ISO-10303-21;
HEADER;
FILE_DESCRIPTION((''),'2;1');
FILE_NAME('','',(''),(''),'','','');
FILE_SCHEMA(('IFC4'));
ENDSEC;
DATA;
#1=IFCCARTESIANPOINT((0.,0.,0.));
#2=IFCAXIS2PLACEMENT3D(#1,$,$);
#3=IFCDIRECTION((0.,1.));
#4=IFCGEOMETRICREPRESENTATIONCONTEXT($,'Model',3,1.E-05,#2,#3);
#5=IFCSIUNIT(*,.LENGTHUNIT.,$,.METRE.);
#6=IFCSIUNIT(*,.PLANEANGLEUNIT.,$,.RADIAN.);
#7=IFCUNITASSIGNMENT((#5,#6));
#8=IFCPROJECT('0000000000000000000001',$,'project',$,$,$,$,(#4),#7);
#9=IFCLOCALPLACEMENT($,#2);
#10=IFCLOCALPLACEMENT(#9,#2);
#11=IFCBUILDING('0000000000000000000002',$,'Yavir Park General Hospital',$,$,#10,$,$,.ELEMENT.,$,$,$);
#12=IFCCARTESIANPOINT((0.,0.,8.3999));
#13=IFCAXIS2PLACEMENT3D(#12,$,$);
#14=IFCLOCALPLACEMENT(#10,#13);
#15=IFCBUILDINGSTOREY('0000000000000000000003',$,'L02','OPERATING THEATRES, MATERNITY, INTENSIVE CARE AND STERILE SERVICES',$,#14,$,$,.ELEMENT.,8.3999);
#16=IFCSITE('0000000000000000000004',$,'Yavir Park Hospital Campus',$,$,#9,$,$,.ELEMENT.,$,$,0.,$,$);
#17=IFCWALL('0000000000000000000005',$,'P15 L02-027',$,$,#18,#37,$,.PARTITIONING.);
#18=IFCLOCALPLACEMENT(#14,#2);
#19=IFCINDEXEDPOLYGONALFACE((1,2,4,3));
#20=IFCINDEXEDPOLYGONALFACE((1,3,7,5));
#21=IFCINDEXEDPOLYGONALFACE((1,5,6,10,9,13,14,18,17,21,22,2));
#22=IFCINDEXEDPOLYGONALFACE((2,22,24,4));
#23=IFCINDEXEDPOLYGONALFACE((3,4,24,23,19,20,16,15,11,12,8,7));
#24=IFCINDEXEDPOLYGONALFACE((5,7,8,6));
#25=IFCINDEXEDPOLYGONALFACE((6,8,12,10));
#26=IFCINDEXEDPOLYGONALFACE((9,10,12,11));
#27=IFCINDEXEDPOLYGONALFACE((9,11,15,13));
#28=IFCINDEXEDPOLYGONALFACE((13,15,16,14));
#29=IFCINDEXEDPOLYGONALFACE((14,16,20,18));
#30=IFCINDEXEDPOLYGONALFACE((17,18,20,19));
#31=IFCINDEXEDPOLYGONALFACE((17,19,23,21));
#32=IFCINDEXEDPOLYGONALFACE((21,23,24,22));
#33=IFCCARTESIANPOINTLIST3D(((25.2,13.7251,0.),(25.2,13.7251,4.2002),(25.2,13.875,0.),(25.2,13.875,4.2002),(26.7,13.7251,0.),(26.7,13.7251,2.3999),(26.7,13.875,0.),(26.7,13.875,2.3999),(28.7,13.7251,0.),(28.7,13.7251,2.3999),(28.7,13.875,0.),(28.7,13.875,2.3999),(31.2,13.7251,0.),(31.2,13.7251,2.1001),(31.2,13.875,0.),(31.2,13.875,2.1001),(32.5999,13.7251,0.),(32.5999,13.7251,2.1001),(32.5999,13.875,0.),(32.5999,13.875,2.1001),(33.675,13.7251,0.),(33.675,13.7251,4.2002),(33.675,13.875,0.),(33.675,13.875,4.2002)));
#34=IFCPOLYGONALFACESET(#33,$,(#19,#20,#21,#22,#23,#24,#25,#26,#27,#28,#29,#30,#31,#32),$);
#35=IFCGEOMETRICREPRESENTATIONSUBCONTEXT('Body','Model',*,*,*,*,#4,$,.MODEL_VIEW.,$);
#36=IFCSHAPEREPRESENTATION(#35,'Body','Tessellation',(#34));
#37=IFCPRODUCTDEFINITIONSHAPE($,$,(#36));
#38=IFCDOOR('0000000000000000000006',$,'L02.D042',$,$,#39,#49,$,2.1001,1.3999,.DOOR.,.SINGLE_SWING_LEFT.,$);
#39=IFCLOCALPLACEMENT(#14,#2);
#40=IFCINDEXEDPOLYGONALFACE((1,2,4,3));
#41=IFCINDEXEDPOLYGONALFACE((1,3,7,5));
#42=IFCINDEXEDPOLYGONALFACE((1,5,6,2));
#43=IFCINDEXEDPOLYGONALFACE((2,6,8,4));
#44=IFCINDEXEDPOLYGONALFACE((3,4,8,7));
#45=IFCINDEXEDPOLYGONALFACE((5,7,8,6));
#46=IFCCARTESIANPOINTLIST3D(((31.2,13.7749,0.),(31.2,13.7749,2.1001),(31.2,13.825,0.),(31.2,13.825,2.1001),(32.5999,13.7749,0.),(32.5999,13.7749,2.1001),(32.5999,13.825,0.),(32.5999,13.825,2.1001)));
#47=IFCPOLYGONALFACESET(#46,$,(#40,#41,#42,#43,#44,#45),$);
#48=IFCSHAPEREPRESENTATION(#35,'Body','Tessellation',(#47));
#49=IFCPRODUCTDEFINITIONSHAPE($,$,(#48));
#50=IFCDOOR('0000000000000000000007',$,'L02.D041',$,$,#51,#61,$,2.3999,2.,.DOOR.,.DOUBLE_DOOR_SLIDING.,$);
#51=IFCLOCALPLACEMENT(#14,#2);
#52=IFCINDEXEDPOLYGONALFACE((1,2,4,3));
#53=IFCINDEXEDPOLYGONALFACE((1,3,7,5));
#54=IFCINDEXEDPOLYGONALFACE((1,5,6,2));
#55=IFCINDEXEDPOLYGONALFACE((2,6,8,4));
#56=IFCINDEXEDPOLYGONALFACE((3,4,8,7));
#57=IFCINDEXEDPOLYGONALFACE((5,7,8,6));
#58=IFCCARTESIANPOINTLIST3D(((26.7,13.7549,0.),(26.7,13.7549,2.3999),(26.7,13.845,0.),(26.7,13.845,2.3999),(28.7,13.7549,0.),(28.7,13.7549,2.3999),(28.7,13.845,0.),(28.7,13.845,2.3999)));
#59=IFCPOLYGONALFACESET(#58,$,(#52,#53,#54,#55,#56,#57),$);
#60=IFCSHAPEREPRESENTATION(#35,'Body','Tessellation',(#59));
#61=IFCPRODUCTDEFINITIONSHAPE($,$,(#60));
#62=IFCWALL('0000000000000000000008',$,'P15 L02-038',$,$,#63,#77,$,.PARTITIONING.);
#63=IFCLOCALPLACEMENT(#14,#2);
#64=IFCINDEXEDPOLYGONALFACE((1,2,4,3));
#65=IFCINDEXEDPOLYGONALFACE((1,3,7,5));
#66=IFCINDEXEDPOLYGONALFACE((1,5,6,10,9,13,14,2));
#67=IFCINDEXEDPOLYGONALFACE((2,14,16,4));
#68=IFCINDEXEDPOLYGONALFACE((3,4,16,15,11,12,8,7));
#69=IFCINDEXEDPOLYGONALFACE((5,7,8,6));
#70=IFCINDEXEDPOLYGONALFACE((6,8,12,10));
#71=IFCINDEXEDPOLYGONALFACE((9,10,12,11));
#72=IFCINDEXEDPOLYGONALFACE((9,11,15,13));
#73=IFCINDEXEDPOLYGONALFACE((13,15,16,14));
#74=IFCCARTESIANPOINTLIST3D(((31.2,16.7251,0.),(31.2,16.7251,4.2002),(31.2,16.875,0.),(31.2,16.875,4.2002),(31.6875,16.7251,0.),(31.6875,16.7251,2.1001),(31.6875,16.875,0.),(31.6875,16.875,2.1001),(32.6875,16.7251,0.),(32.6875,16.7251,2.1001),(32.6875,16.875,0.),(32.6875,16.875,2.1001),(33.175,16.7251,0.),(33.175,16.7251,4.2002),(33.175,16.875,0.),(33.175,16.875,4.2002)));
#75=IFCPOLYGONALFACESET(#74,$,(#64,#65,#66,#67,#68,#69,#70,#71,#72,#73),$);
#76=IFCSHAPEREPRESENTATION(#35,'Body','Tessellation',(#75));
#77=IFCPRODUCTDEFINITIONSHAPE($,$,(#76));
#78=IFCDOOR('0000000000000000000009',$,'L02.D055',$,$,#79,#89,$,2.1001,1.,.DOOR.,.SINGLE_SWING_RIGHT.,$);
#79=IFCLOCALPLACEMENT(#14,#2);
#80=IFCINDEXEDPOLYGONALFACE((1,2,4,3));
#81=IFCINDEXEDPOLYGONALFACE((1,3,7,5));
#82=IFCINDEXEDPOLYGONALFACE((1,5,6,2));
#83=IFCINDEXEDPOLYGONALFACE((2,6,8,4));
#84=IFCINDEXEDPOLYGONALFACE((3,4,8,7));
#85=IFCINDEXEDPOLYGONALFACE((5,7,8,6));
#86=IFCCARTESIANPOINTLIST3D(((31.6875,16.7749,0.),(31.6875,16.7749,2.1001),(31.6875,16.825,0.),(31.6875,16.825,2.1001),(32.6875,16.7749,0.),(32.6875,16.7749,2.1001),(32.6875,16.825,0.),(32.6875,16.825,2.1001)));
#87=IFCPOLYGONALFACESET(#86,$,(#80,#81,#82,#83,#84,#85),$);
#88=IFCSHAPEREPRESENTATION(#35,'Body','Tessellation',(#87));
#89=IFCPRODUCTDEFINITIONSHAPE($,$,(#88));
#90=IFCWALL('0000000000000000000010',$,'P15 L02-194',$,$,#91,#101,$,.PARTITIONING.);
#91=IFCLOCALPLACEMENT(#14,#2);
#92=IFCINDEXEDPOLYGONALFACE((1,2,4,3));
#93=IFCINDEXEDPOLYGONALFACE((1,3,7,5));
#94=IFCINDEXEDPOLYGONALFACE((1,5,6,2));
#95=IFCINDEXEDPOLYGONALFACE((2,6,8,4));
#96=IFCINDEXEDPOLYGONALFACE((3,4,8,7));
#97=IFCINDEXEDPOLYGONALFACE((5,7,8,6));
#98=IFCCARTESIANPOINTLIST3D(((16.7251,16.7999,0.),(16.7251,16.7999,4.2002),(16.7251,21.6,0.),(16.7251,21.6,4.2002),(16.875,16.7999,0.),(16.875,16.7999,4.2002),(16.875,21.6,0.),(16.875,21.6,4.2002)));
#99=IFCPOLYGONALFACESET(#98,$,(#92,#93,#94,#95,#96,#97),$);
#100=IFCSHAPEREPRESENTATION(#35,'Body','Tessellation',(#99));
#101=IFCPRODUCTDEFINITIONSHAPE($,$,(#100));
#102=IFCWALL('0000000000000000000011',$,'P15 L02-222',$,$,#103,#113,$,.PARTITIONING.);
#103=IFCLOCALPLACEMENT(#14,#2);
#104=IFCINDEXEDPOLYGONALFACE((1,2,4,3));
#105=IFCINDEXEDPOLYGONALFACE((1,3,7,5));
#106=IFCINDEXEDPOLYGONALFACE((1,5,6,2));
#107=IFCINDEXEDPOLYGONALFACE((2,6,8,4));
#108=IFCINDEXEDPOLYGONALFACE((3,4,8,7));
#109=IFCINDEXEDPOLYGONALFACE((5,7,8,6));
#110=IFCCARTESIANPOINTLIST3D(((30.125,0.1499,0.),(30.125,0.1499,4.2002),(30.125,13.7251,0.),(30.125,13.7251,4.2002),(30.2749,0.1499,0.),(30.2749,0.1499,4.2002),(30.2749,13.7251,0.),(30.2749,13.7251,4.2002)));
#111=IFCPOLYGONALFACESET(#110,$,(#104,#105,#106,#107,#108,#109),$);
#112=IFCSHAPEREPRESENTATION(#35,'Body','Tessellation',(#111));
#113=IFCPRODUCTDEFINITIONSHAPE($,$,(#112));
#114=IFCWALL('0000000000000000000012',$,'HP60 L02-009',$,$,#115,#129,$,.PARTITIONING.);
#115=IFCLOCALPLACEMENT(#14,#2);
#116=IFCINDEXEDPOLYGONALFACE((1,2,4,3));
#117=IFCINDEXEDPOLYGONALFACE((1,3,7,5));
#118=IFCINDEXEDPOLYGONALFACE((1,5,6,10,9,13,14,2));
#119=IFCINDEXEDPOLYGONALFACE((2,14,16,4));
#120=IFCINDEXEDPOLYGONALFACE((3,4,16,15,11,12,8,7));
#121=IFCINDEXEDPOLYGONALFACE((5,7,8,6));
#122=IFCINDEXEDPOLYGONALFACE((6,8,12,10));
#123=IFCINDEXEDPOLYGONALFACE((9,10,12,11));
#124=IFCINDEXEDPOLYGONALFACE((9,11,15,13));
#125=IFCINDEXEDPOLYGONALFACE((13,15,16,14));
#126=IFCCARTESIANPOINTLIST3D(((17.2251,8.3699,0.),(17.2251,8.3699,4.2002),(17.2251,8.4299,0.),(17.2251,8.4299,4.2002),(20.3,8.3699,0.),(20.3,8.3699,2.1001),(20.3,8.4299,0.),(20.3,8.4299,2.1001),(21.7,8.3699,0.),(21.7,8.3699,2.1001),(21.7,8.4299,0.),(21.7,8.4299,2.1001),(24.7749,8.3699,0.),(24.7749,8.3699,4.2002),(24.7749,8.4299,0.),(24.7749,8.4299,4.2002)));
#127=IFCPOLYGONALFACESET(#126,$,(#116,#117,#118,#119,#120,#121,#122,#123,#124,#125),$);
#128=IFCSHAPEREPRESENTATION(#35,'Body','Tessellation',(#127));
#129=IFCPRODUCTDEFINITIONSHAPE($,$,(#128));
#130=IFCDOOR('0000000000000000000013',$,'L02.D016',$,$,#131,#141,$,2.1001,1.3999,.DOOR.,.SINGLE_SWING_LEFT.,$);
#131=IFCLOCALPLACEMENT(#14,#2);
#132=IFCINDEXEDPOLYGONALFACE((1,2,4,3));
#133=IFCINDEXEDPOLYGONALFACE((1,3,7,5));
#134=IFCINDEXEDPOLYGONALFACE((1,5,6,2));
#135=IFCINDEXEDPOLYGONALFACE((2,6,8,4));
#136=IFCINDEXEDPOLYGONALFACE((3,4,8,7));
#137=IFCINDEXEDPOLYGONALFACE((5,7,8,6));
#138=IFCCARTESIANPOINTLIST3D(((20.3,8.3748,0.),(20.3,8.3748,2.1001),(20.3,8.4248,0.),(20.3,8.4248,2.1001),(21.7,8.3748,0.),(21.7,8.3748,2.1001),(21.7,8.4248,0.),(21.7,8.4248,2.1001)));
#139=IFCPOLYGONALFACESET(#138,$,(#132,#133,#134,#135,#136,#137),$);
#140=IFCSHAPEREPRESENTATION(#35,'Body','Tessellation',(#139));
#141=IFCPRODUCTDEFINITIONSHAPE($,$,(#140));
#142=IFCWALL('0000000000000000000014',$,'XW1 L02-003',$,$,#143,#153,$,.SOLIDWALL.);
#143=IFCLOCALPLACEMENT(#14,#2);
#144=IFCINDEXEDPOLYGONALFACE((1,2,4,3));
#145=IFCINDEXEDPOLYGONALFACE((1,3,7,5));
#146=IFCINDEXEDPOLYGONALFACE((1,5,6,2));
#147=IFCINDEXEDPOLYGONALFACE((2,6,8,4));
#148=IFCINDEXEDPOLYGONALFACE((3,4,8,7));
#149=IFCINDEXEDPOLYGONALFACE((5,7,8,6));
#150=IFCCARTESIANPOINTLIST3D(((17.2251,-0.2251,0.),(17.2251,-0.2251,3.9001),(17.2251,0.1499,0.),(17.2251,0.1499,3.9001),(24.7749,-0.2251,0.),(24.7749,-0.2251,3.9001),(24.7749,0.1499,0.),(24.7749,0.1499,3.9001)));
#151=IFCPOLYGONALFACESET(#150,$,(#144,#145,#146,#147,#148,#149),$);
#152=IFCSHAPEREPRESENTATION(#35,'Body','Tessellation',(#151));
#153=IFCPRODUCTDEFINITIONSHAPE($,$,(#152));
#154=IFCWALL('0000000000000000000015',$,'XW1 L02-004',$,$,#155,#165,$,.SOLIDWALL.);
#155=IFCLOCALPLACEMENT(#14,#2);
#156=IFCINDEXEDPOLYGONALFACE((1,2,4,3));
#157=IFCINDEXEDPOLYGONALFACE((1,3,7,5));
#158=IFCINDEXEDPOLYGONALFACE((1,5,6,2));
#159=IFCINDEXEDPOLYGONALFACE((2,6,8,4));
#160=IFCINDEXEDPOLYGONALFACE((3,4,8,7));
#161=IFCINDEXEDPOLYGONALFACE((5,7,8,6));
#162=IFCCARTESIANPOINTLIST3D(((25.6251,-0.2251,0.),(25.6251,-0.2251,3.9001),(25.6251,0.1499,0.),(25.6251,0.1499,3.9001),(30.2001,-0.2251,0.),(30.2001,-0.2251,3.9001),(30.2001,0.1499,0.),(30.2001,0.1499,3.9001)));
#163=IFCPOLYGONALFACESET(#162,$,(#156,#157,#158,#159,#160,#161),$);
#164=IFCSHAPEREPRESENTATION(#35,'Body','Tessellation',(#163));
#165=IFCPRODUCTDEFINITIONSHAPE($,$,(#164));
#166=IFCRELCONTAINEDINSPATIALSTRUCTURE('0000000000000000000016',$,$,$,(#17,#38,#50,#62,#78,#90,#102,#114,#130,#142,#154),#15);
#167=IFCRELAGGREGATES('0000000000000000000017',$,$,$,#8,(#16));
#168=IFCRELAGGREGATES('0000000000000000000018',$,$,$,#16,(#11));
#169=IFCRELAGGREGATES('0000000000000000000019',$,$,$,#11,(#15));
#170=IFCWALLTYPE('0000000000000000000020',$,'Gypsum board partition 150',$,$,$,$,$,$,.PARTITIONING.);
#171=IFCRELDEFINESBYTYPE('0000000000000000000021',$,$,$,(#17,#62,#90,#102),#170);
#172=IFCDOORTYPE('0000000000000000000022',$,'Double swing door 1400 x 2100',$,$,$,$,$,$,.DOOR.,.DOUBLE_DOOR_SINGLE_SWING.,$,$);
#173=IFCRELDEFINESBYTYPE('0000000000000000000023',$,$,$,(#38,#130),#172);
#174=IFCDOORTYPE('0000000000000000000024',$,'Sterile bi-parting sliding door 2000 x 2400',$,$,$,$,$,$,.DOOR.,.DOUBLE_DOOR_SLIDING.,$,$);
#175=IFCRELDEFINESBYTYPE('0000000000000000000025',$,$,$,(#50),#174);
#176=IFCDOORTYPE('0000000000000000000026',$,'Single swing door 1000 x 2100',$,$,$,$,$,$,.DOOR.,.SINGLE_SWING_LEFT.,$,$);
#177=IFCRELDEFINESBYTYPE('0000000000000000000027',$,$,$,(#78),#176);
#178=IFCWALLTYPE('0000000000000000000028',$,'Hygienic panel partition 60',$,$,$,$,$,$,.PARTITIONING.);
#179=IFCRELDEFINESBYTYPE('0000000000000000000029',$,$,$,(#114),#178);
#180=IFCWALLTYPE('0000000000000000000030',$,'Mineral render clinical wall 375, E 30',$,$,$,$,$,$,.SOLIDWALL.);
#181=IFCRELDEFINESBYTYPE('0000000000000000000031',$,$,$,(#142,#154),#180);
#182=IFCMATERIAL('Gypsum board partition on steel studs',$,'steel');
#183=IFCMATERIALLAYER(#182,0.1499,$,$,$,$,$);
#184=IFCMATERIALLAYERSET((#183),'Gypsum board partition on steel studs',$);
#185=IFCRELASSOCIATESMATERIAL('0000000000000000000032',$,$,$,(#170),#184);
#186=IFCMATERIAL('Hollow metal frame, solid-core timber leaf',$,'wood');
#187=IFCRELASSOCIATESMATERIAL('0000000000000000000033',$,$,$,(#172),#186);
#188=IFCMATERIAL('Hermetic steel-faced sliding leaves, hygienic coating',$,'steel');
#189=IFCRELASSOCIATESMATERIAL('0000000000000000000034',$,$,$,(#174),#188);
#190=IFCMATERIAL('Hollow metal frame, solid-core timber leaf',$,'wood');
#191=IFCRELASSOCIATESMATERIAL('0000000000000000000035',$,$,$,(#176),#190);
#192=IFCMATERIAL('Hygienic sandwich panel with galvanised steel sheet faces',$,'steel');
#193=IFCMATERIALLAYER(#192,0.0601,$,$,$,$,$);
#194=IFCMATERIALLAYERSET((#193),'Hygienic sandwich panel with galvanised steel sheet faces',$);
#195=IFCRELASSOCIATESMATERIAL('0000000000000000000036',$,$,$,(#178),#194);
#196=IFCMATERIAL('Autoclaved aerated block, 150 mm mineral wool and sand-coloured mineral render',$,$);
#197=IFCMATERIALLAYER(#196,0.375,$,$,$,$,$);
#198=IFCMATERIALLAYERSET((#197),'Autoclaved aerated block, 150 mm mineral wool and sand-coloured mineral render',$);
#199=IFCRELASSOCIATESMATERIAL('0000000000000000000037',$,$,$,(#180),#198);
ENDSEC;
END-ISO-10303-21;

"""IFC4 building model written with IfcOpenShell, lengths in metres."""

from ifc_helpers import new_model, si_unit, direction, frame, frame_2d, origin, place, context, subcontext, project, spatial, rectangle, extrude, material, layer, layer_set, type_object, element, fill, save


model = new_model("IFC4")

# Units and contexts
model_context = context("Model", 3, precision=1e-05, world=origin(), true_north=direction((0.0, 1.0)))
body_context = subcontext(model_context, "Body", "Model", "MODEL_VIEW")
ifc_project = project(units=[si_unit("LENGTHUNIT", "METRE"), si_unit("PLANEANGLEUNIT", "RADIAN")], contexts=[model_context])

# Site, building, storey
site_placement = place(None, origin())
site = spatial("IfcSite", under=ifc_project, at=site_placement, Name="Yavir Park Hospital Campus", CompositionType="ELEMENT", RefElevation=0.0)
building_placement = place(site_placement, origin())
building = spatial("IfcBuilding", under=site, at=building_placement, Name="Yavir Park General Hospital", CompositionType="ELEMENT")
storey_placement = place(building_placement, frame((0.0, 0.0, 8.3999)))
storey = spatial("IfcBuildingStorey", under=building, at=storey_placement, Name="L02", Description="OPERATING THEATRES, MATERNITY, INTENSIVE CARE AND STERILE SERVICES", CompositionType="ELEMENT", Elevation=8.3999)

# Shared definitions
ifc_material_1 = material(Name="Gypsum board partition on steel studs", Category="steel")
ifc_layer_1 = layer(ifc_material_1, 0.1499)
ifc_layer_set_1 = layer_set([ifc_layer_1], Name="Gypsum board partition on steel studs")
wall_type_1 = type_object("IfcWallType", Name="Gypsum board partition 150", PredefinedType="PARTITIONING", material=ifc_layer_set_1)

# Wall, openings, doors
wall_1_placement = place(storey_placement, frame((25.2, 13.8, 0.0), z_axis=(0.0, 0.0, 1.0), x_axis=(1.0, 0.0, 0.0)))
wall_1 = element("IfcWall", 1, at=wall_1_placement, inside=storey, type_object=wall_type_1, Name="P15 L02-027", PredefinedType="PARTITIONING", context=body_context, shape_type="SweptSolid", body=[
    extrude(rectangle(XDim=8.4751, YDim=0.1499, at=frame_2d((4.2375, 0.0))), origin(), (0.0, 0.0, 1.0), 4.2002),
])
opening_1_placement = place(wall_1_placement, frame((1.5, 0.0, 0.0)))
opening_1 = element("IfcOpeningElement", 2, at=opening_1_placement, cuts=wall_1, PredefinedType="OPENING", context=body_context, shape_type="SweptSolid", body=[
    extrude(rectangle(XDim=2.0, YDim=2.3999, at=frame_2d((1.0, 1.2))), frame((0.0, 0.085, 0.0), z_axis=(0.0, -1.0, 0.0), x_axis=(1.0, 0.0, 0.0)), (0.0, 0.0, 1.0), 0.1699),
])
opening_2_placement = place(wall_1_placement, frame((6.0, 0.0, 0.0)))
opening_2 = element("IfcOpeningElement", 3, at=opening_2_placement, cuts=wall_1, PredefinedType="OPENING", context=body_context, shape_type="SweptSolid", body=[
    extrude(rectangle(XDim=1.3999, YDim=2.1001, at=frame_2d((0.7, 1.05))), frame((0.0, 0.085, 0.0), z_axis=(0.0, -1.0, 0.0), x_axis=(1.0, 0.0, 0.0)), (0.0, 0.0, 1.0), 0.1699),
])
ifc_material_2 = material(Name="Hollow metal frame, solid-core timber leaf", Category="wood")
door_type_1 = type_object("IfcDoorType", Name="Double swing door 1400 x 2100", OperationType="DOUBLE_DOOR_SINGLE_SWING", PredefinedType="DOOR", material=ifc_material_2)
door_1_placement = place(opening_2_placement, origin())
door_1 = element("IfcDoor", 4, at=door_1_placement, inside=storey, type_object=door_type_1, Name="L02.D042", OperationType="SINGLE_SWING_LEFT", OverallHeight=2.1001, OverallWidth=1.3999, PredefinedType="DOOR", context=body_context, shape_type="SweptSolid", body=[
    extrude(rectangle(XDim=1.3999, YDim=2.1001, at=frame_2d((0.7, 1.05))), frame((0.0, 0.0249, 0.0), z_axis=(0.0, -1.0, 0.0), x_axis=(1.0, 0.0, 0.0)), (0.0, 0.0, 1.0), 0.05),
])
fill(opening_2, door_1)
ifc_material_3 = material(Name="Hermetic steel-faced sliding leaves, hygienic coating", Category="steel")
door_type_2 = type_object("IfcDoorType", Name="Sterile bi-parting sliding door 2000 x 2400", OperationType="DOUBLE_DOOR_SLIDING", PredefinedType="DOOR", material=ifc_material_3)
door_2_placement = place(opening_1_placement, origin())
door_2 = element("IfcDoor", 5, at=door_2_placement, inside=storey, type_object=door_type_2, Name="L02.D041", OperationType="DOUBLE_DOOR_SLIDING", OverallHeight=2.3999, OverallWidth=2.0, PredefinedType="DOOR", context=body_context, shape_type="SweptSolid", body=[
    extrude(rectangle(XDim=2.0, YDim=2.3999, at=frame_2d((1.0, 1.2))), frame((0.0, 0.0449, 0.0), z_axis=(0.0, -1.0, 0.0), x_axis=(1.0, 0.0, 0.0)), (0.0, 0.0, 1.0), 0.0901),
])
fill(opening_1, door_2)

# Wall, opening, door
wall_2_placement = place(storey_placement, frame((31.2, 16.8, 0.0), z_axis=(0.0, 0.0, 1.0), x_axis=(1.0, 0.0, 0.0)))
wall_2 = element("IfcWall", 6, at=wall_2_placement, inside=storey, type_object=wall_type_1, Name="P15 L02-038", PredefinedType="PARTITIONING", context=body_context, shape_type="SweptSolid", body=[
    extrude(rectangle(XDim=1.9751, YDim=0.1499, at=frame_2d((0.9875, 0.0))), origin(), (0.0, 0.0, 1.0), 4.2002),
])
opening_3_placement = place(wall_2_placement, frame((0.4875, 0.0, 0.0)))
opening_3 = element("IfcOpeningElement", 7, at=opening_3_placement, cuts=wall_2, PredefinedType="OPENING", context=body_context, shape_type="SweptSolid", body=[
    extrude(rectangle(XDim=1.0, YDim=2.1001, at=frame_2d((0.5, 1.05))), frame((0.0, 0.085, 0.0), z_axis=(0.0, -1.0, 0.0), x_axis=(1.0, 0.0, 0.0)), (0.0, 0.0, 1.0), 0.1699),
])
ifc_material_4 = material(Name="Hollow metal frame, solid-core timber leaf", Category="wood")
door_type_3 = type_object("IfcDoorType", Name="Single swing door 1000 x 2100", OperationType="SINGLE_SWING_LEFT", PredefinedType="DOOR", material=ifc_material_4)
door_3_placement = place(opening_3_placement, origin())
door_3 = element("IfcDoor", 8, at=door_3_placement, inside=storey, type_object=door_type_3, Name="L02.D055", OperationType="SINGLE_SWING_RIGHT", OverallHeight=2.1001, OverallWidth=1.0, PredefinedType="DOOR", context=body_context, shape_type="SweptSolid", body=[
    extrude(rectangle(XDim=1.0, YDim=2.1001, at=frame_2d((0.5, 1.05))), frame((0.0, 0.0249, 0.0), z_axis=(0.0, -1.0, 0.0), x_axis=(1.0, 0.0, 0.0)), (0.0, 0.0, 1.0), 0.05),
])
fill(opening_3, door_3)

# Walls
wall_3_placement = place(storey_placement, frame((16.8, 16.8, 0.0), z_axis=(0.0, 0.0, 1.0), x_axis=(0.0, 1.0, 0.0)))
element("IfcWall", 9, at=wall_3_placement, inside=storey, type_object=wall_type_1, Name="P15 L02-194", PredefinedType="PARTITIONING", context=body_context, shape_type="SweptSolid", body=[
    extrude(rectangle(XDim=4.8, YDim=0.1499, at=frame_2d((2.3999, 0.0))), origin(), (0.0, 0.0, 1.0), 4.2002),
])
wall_4_placement = place(storey_placement, frame((30.2, 0.1499, 0.0), z_axis=(0.0, 0.0, 1.0), x_axis=(0.0, 1.0, 0.0)))
element("IfcWall", 10, at=wall_4_placement, inside=storey, type_object=wall_type_1, Name="P15 L02-222", PredefinedType="PARTITIONING", context=body_context, shape_type="SweptSolid", body=[
    extrude(rectangle(XDim=13.5752, YDim=0.1499, at=frame_2d((6.7876, 0.0))), origin(), (0.0, 0.0, 1.0), 4.2002),
])

# Wall, opening, door
ifc_material_5 = material(Name="Hygienic sandwich panel with galvanised steel sheet faces", Category="steel")
ifc_layer_2 = layer(ifc_material_5, 0.0601)
ifc_layer_set_2 = layer_set([ifc_layer_2], Name="Hygienic sandwich panel with galvanised steel sheet faces")
wall_type_2 = type_object("IfcWallType", Name="Hygienic panel partition 60", PredefinedType="PARTITIONING", material=ifc_layer_set_2)
wall_5_placement = place(storey_placement, frame((17.2251, 8.3999, 0.0), z_axis=(0.0, 0.0, 1.0), x_axis=(1.0, 0.0, 0.0)))
wall_5 = element("IfcWall", 11, at=wall_5_placement, inside=storey, type_object=wall_type_2, Name="HP60 L02-009", PredefinedType="PARTITIONING", context=body_context, shape_type="SweptSolid", body=[
    extrude(rectangle(XDim=7.5498, YDim=0.0601, at=frame_2d((3.7749, 0.0))), origin(), (0.0, 0.0, 1.0), 4.2002),
])
opening_4_placement = place(wall_5_placement, frame((3.075, 0.0, 0.0)))
opening_4 = element("IfcOpeningElement", 12, at=opening_4_placement, cuts=wall_5, PredefinedType="OPENING", context=body_context, shape_type="SweptSolid", body=[
    extrude(rectangle(XDim=1.3999, YDim=2.1001, at=frame_2d((0.7, 1.05))), frame((0.0, 0.04, 0.0), z_axis=(0.0, -1.0, 0.0), x_axis=(1.0, 0.0, 0.0)), (0.0, 0.0, 1.0), 0.0801),
])
door_4_placement = place(opening_4_placement, origin())
door_4 = element("IfcDoor", 13, at=door_4_placement, inside=storey, type_object=door_type_1, Name="L02.D016", OperationType="SINGLE_SWING_LEFT", OverallHeight=2.1001, OverallWidth=1.3999, PredefinedType="DOOR", context=body_context, shape_type="SweptSolid", body=[
    extrude(rectangle(XDim=1.3999, YDim=2.1001, at=frame_2d((0.7, 1.05))), frame((0.0, 0.0249, 0.0), z_axis=(0.0, -1.0, 0.0), x_axis=(1.0, 0.0, 0.0)), (0.0, 0.0, 1.0), 0.05),
])
fill(opening_4, door_4)

# Walls
ifc_material_6 = material(Name="Autoclaved aerated block, 150 mm mineral wool and sand-coloured mineral render")
ifc_layer_3 = layer(ifc_material_6, 0.375)
ifc_layer_set_3 = layer_set([ifc_layer_3], Name="Autoclaved aerated block, 150 mm mineral wool and sand-coloured mineral render")
wall_type_3 = type_object("IfcWallType", Name="Mineral render clinical wall 375, E 30", PredefinedType="SOLIDWALL", material=ifc_layer_set_3)
wall_6_placement = place(storey_placement, frame((17.2251, -0.0376, 0.0), z_axis=(0.0, 0.0, 1.0), x_axis=(1.0, 0.0, 0.0)))
element("IfcWall", 14, at=wall_6_placement, inside=storey, type_object=wall_type_3, Name="XW1 L02-003", PredefinedType="SOLIDWALL", context=body_context, shape_type="SweptSolid", body=[
    extrude(rectangle(XDim=7.5498, YDim=0.375, at=frame_2d((3.7749, 0.0))), origin(), (0.0, 0.0, 1.0), 3.9001),
])
wall_7_placement = place(storey_placement, frame((25.625, -0.0376, 0.0), z_axis=(0.0, 0.0, 1.0), x_axis=(1.0, 0.0, 0.0)))
element("IfcWall", 15, at=wall_7_placement, inside=storey, type_object=wall_type_3, Name="XW1 L02-004", PredefinedType="SOLIDWALL", context=body_context, shape_type="SweptSolid", body=[
    extrude(rectangle(XDim=4.575, YDim=0.375, at=frame_2d((2.2876, 0.0))), origin(), (0.0, 0.0, 1.0), 3.9001),
])

save(model, "model.ifc")
